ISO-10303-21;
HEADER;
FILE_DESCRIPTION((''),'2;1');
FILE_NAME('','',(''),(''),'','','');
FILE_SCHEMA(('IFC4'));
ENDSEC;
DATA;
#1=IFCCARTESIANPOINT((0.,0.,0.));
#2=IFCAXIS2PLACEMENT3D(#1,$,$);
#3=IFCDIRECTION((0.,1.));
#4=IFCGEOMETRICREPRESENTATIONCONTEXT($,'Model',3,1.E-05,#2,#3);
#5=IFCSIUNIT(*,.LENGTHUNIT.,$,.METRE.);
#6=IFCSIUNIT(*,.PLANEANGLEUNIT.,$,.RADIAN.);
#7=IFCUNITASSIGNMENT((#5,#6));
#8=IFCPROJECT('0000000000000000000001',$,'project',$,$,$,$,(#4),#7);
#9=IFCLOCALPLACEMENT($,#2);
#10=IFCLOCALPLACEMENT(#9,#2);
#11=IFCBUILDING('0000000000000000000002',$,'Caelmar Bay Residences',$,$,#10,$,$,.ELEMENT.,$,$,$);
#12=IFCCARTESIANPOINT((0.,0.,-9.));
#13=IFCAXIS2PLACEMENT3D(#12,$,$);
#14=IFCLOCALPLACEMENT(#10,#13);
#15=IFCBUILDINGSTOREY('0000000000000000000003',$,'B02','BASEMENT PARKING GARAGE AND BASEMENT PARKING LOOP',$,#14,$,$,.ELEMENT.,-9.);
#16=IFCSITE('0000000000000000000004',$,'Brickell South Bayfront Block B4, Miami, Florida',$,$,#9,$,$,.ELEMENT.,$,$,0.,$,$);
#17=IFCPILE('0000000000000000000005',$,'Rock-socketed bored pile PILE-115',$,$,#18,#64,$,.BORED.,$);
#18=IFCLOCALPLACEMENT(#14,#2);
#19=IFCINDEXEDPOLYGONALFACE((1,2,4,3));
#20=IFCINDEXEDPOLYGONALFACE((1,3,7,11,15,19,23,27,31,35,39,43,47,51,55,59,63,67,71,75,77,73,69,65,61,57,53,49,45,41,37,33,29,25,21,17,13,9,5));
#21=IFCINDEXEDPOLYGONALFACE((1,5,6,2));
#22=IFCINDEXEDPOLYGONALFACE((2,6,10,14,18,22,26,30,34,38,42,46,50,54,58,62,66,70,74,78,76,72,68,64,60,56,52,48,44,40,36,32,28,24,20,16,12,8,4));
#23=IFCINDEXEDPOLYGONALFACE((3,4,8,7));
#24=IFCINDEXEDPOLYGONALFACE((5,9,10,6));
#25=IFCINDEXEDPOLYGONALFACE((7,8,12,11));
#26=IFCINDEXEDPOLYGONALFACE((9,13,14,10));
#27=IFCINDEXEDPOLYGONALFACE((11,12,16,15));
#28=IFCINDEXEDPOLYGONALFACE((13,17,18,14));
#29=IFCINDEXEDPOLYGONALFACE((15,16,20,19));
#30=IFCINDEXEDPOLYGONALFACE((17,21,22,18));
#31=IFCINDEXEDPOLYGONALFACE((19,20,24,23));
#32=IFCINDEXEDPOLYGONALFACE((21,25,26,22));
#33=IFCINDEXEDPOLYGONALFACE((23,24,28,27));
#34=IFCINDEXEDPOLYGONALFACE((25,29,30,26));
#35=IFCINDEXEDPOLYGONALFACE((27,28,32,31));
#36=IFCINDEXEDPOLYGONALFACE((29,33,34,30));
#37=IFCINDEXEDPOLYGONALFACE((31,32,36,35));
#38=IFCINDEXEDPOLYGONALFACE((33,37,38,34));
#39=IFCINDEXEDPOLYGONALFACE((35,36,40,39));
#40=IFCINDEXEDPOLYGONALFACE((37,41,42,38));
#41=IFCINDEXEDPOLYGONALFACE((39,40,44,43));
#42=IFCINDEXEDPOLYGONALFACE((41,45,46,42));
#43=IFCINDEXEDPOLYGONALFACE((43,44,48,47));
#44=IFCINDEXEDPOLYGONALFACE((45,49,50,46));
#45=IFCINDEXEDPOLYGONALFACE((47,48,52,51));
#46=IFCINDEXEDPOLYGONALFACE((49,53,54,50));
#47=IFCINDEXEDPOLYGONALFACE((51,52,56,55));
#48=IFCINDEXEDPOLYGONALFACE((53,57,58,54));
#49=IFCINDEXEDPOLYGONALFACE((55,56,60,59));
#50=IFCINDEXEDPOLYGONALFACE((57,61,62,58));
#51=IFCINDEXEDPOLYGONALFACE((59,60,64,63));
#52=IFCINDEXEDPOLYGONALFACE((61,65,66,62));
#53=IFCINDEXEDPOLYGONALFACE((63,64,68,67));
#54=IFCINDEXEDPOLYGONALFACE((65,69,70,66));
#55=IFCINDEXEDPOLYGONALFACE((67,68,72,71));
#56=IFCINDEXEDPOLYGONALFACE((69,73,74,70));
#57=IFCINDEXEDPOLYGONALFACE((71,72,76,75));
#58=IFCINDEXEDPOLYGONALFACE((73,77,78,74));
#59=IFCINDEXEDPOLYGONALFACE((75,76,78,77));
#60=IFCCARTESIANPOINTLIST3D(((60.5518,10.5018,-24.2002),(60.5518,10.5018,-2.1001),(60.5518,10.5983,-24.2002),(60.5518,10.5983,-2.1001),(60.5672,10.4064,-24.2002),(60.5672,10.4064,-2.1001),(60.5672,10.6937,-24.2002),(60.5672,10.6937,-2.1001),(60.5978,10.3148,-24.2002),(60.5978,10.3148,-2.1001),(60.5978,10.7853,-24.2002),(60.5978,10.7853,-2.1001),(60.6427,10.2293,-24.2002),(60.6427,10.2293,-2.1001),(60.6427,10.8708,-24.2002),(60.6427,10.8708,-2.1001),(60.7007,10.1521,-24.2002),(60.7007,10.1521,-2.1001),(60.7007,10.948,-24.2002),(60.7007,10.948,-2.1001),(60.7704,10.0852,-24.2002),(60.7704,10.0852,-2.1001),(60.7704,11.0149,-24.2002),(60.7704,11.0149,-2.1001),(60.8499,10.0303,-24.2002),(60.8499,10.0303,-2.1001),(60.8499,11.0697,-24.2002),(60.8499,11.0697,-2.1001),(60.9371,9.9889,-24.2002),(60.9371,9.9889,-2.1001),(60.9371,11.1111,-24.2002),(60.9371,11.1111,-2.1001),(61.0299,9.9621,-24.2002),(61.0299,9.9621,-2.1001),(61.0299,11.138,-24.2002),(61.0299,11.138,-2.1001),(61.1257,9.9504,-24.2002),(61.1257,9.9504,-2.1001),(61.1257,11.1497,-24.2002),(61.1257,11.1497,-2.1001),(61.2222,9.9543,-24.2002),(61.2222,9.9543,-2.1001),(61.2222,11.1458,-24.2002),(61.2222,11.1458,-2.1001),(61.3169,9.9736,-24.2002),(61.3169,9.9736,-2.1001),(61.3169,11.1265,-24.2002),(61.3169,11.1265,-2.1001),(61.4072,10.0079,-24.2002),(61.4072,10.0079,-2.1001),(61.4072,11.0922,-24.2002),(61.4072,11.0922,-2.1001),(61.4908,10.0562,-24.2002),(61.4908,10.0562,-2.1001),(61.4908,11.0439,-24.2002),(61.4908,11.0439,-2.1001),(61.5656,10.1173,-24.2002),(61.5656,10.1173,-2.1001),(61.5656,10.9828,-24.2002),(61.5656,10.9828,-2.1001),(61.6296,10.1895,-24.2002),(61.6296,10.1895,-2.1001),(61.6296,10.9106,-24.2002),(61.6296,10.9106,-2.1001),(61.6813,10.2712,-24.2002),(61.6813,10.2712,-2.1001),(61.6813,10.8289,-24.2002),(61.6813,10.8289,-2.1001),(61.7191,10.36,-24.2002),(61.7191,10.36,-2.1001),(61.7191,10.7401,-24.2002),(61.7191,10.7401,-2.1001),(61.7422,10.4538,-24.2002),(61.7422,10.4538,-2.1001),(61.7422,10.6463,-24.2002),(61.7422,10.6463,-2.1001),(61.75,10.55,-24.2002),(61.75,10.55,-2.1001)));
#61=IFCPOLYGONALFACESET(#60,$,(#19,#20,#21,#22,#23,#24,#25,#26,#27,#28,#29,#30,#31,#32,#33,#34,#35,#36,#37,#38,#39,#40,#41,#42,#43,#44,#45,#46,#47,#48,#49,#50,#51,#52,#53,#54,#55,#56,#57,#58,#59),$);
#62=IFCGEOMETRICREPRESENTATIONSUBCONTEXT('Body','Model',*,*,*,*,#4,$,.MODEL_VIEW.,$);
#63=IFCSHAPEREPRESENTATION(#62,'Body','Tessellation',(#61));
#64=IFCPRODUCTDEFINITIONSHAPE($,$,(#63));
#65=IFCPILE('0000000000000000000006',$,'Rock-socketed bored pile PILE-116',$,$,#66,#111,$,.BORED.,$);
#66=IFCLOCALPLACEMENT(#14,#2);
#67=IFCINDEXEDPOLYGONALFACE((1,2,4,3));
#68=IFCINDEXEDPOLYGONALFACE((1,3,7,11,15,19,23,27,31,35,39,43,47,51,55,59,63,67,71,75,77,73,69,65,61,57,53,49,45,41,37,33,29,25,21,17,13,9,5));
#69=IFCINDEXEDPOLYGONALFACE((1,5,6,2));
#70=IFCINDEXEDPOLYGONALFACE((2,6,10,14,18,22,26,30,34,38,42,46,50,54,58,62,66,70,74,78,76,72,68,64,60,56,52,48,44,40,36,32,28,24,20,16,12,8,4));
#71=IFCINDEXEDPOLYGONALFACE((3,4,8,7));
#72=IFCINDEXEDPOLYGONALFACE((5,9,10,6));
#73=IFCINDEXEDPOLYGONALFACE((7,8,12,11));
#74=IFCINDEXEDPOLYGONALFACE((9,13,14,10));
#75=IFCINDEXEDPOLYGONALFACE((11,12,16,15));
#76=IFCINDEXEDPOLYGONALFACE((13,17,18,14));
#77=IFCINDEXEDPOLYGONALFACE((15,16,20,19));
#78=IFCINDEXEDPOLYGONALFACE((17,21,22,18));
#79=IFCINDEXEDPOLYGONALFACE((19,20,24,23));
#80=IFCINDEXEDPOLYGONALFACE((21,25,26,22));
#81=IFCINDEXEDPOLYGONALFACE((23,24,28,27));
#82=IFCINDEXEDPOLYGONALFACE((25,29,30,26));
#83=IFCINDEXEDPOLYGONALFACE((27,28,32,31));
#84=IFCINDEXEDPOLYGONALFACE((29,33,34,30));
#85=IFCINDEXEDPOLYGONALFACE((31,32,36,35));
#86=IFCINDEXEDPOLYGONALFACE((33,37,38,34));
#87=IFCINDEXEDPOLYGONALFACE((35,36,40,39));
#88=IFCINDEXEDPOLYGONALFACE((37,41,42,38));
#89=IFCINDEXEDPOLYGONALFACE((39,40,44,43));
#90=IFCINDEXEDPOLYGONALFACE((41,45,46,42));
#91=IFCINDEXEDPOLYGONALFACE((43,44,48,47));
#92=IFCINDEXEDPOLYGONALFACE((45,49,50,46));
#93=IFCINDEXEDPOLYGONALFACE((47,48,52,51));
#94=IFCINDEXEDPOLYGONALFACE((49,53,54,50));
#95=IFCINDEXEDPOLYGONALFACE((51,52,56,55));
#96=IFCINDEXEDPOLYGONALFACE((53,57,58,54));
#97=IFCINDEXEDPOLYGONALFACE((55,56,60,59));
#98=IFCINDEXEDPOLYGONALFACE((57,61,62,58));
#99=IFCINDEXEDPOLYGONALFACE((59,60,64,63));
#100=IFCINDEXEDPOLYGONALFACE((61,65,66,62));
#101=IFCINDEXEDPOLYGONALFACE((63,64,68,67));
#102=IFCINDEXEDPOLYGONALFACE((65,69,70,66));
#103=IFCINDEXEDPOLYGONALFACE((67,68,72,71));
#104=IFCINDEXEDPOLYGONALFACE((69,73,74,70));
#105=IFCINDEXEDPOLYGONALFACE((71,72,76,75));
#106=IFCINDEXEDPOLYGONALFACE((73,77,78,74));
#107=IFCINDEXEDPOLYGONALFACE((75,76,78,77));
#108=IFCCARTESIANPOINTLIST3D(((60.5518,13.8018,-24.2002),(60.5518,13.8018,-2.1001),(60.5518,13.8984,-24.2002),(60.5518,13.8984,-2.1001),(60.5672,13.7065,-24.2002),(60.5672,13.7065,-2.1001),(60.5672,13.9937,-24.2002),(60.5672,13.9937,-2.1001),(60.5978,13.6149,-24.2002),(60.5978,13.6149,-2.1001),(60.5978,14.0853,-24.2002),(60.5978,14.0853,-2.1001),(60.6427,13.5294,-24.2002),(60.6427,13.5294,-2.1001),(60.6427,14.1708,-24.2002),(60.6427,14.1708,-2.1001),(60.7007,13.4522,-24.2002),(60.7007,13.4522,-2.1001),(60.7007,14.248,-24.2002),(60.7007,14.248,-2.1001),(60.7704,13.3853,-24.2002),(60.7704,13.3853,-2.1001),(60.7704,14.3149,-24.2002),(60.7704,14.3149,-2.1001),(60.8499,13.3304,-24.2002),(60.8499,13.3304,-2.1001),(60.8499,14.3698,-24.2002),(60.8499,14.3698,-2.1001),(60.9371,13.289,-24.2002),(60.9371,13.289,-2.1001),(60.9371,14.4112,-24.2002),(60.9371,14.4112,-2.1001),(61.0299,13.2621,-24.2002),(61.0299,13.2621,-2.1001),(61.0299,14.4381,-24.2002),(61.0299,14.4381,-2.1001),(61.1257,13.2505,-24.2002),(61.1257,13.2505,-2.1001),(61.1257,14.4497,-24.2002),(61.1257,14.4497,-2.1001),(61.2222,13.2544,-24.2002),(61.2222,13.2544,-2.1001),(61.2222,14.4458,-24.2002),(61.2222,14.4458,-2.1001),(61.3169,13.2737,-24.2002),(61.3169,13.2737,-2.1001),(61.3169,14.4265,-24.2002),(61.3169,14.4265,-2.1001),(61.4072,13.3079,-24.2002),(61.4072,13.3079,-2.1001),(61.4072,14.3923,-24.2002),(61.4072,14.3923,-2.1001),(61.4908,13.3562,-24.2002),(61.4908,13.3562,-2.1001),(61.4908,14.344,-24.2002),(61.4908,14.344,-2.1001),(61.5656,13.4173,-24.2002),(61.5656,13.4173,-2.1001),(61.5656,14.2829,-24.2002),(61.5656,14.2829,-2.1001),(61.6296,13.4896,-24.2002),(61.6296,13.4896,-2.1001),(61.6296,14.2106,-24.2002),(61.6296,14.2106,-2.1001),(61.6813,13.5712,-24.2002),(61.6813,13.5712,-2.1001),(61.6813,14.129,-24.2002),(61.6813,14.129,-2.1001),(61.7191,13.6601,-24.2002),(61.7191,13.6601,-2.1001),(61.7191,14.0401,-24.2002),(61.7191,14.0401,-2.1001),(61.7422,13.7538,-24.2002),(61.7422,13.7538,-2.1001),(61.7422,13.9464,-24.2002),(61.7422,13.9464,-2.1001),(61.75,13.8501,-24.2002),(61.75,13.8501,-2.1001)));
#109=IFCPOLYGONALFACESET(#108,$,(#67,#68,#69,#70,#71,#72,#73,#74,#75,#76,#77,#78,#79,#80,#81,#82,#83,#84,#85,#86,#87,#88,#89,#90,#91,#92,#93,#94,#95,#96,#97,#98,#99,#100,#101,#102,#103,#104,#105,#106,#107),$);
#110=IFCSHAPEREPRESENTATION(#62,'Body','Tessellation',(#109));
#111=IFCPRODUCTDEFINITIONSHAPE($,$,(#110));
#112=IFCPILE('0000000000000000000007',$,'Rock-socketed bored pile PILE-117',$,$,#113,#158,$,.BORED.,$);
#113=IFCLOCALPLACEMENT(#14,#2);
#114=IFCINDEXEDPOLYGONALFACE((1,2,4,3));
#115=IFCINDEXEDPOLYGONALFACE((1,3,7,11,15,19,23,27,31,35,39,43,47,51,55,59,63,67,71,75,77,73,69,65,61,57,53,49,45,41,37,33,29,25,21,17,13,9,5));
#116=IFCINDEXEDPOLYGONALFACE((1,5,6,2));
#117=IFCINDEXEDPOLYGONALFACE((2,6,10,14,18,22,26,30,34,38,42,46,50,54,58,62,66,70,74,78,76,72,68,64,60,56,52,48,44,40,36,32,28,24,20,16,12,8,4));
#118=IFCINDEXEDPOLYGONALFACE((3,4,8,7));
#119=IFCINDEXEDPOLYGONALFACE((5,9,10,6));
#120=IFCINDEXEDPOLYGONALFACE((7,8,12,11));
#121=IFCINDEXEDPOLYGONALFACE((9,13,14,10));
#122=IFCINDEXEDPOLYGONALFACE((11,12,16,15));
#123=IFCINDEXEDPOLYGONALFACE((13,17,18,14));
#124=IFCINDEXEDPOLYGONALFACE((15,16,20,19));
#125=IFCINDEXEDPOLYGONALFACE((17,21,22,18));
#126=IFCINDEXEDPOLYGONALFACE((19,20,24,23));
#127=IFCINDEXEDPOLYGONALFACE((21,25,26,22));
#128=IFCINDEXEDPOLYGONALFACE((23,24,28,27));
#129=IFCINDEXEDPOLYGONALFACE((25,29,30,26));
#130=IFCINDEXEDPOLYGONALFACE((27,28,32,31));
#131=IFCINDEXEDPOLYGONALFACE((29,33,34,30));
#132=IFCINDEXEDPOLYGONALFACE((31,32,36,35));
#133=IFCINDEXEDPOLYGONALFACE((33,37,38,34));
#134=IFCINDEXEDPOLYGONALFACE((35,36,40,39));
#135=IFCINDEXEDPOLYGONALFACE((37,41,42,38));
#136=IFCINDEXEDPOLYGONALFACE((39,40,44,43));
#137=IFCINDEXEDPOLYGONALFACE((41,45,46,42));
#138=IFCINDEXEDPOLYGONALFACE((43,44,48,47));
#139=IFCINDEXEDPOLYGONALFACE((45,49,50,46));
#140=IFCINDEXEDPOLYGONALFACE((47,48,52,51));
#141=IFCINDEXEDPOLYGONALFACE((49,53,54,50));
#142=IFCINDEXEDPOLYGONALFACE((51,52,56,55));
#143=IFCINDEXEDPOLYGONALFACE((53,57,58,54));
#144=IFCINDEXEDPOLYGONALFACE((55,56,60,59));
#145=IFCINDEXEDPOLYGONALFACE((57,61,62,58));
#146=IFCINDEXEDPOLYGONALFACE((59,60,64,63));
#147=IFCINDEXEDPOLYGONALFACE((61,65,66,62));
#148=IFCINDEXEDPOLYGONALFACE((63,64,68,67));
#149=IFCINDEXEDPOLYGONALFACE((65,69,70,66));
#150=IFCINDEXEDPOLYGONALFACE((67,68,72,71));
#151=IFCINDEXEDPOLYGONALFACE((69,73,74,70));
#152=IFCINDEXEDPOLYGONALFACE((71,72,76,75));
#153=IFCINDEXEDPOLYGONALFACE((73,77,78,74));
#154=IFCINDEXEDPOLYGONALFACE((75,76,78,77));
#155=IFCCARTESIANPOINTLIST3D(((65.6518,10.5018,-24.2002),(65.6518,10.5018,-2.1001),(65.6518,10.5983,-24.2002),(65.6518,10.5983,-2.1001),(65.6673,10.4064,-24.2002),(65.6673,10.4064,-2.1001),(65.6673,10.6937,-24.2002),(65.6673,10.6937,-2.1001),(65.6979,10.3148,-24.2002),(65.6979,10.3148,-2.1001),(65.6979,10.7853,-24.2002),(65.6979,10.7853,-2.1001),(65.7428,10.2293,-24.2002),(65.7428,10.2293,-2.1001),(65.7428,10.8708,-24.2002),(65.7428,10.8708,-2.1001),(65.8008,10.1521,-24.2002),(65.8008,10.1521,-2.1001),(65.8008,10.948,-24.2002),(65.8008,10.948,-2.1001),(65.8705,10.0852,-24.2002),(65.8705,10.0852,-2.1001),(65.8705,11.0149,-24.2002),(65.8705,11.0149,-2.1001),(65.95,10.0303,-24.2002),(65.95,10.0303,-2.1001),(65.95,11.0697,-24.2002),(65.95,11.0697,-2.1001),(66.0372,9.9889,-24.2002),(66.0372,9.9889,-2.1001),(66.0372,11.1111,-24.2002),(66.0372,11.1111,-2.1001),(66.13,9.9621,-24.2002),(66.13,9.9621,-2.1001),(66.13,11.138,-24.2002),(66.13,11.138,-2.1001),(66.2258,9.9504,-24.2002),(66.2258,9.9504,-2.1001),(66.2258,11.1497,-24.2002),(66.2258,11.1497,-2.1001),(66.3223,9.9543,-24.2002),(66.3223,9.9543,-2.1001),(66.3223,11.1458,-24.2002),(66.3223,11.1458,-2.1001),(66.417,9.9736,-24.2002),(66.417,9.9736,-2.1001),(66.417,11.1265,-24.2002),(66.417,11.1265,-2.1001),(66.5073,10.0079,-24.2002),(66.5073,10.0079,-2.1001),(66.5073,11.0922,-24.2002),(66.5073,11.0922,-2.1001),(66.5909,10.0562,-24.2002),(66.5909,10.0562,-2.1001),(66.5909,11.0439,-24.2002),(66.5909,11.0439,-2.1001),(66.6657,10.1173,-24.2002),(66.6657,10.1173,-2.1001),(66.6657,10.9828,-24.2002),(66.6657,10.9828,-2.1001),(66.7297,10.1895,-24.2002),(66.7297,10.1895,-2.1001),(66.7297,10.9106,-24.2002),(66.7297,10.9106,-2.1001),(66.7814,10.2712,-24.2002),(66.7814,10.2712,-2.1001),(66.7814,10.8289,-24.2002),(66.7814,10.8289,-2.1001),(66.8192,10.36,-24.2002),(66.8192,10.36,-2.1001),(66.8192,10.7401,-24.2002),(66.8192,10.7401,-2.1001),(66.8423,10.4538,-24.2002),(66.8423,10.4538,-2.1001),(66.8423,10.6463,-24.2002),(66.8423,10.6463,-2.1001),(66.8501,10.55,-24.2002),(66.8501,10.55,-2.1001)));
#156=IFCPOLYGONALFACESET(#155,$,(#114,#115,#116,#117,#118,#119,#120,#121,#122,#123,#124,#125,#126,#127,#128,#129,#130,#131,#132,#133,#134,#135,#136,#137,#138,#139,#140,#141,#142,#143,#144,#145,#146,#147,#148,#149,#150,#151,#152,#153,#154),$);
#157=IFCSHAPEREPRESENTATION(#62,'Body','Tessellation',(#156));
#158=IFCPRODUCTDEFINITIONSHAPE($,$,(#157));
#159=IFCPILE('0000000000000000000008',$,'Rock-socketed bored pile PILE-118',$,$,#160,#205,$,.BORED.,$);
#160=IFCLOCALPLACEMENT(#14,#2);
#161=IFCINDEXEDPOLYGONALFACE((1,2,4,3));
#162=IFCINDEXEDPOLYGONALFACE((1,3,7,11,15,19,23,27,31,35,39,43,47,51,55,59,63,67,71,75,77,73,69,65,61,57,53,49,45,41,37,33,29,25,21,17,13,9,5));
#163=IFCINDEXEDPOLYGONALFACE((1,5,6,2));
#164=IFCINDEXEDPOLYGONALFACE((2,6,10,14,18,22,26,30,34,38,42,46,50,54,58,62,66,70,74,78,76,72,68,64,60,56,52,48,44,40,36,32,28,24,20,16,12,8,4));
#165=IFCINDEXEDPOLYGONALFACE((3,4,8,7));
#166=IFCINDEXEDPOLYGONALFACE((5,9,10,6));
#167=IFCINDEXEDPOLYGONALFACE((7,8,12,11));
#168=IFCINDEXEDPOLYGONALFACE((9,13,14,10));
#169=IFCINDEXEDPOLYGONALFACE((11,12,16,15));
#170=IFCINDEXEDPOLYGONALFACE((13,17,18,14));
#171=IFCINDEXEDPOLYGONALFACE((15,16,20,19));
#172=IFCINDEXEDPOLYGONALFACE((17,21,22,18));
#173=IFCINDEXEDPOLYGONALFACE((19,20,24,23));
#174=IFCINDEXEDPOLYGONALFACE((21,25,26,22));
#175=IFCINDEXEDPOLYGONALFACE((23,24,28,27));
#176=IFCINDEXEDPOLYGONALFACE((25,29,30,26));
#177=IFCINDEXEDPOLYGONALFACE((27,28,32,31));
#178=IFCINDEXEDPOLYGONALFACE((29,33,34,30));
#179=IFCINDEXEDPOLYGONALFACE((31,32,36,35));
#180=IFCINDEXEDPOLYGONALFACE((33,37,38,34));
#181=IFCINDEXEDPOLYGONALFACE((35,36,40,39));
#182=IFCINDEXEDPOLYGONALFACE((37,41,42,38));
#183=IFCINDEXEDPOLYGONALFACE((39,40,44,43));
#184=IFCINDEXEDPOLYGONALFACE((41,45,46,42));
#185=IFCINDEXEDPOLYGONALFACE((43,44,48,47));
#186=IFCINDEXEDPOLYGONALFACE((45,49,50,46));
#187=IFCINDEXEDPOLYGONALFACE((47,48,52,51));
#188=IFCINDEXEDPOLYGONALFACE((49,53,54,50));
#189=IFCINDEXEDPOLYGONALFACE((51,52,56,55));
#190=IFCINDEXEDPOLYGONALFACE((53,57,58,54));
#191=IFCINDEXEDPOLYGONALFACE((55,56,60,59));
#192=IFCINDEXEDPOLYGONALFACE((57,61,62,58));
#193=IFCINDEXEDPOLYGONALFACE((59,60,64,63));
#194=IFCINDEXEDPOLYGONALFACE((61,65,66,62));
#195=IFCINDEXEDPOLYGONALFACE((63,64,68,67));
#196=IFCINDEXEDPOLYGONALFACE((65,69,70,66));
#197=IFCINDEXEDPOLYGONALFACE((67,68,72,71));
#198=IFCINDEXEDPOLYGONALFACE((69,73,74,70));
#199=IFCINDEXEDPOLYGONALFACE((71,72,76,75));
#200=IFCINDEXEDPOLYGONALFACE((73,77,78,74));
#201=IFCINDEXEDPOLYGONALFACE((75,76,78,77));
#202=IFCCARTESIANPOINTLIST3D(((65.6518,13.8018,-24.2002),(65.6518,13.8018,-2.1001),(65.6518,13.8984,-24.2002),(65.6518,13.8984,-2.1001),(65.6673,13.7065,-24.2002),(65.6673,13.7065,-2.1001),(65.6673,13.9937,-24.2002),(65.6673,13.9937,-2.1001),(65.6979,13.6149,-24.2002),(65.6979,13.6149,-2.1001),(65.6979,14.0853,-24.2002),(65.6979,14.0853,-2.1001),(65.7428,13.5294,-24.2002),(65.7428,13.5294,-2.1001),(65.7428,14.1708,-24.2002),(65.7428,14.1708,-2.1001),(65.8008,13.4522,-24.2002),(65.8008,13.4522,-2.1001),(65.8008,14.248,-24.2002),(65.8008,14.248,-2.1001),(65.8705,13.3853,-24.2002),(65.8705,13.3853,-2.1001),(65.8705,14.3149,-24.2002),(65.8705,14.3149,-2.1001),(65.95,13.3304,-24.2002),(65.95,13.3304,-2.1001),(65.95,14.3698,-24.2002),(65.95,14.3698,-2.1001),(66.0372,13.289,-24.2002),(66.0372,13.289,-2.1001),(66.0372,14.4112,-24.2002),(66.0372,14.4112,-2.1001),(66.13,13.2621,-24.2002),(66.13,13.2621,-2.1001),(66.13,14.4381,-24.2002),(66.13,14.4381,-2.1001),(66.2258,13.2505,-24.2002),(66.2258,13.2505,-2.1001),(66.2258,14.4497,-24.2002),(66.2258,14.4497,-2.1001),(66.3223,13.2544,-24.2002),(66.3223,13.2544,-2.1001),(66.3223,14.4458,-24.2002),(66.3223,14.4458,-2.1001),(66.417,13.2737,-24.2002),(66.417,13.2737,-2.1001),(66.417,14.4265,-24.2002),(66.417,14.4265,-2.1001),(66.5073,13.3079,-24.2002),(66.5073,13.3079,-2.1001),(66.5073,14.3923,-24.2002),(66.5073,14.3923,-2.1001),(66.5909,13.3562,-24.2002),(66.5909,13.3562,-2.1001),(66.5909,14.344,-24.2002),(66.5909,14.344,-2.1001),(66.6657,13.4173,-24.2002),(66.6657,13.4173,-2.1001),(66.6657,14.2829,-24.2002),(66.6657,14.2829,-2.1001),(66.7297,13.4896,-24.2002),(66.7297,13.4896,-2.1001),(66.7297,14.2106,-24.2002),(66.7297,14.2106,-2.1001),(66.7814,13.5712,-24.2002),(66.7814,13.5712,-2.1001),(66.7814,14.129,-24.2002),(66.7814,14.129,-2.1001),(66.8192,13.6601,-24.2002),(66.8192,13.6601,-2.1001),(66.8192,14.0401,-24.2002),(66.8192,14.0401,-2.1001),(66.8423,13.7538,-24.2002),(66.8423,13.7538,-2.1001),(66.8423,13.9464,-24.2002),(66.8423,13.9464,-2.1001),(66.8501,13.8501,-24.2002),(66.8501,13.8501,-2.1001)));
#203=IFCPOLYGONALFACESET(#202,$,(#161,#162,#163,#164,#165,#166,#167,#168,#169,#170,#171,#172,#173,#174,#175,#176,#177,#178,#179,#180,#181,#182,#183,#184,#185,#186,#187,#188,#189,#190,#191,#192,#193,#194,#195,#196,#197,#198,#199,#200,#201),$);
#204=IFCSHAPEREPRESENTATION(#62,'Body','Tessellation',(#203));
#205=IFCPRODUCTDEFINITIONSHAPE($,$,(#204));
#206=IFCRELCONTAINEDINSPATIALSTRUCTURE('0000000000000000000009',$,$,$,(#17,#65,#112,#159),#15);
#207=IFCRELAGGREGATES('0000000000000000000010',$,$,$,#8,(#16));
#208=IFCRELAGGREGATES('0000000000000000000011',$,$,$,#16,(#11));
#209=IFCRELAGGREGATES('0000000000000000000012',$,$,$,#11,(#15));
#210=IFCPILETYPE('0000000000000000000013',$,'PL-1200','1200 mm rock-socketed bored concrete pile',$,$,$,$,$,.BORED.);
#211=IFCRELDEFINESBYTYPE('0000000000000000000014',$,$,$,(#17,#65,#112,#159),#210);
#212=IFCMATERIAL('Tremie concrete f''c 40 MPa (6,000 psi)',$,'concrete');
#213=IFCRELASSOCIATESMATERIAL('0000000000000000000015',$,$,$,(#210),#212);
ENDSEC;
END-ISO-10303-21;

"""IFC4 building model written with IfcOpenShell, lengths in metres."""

from ifc_helpers import new_model, si_unit, direction, frame, origin, origin_2d, place, context, subcontext, project, spatial, circle, extrude, material, material_profile, profile_set, type_object, element, save


model = new_model("IFC4")

# Units and contexts
model_context = context("Model", 3, precision=1e-05, world=origin(), true_north=direction((0.0, 1.0)))
body_context = subcontext(model_context, "Body", "Model", "MODEL_VIEW")
ifc_project = project(units=[si_unit("LENGTHUNIT", "METRE"), si_unit("PLANEANGLEUNIT", "RADIAN")], contexts=[model_context])

# Site, building, storey
site_placement = place(None, origin())
site = spatial("IfcSite", under=ifc_project, at=site_placement, Name="Brickell South Bayfront Block B4, Miami, Florida", CompositionType="ELEMENT", RefElevation=0.0)
building_placement = place(site_placement, origin())
building = spatial("IfcBuilding", under=site, at=building_placement, Name="Caelmar Bay Residences", CompositionType="ELEMENT")
storey_placement = place(building_placement, frame((0.0, 0.0, -9.0)))
storey = spatial("IfcBuildingStorey", under=building, at=storey_placement, Name="B02", Description="BASEMENT PARKING GARAGE AND BASEMENT PARKING LOOP", CompositionType="ELEMENT", Elevation=-9.0)

# Piles
ifc_material_1 = material(Name="Tremie concrete f'c 40 MPa (6,000 psi)", Category="concrete")
ifc_material_profile_1 = material_profile(ifc_material_1, circle(Radius=0.6001, at=origin_2d()), Name="PILE-1200D")
ifc_profile_set_1 = profile_set([ifc_material_profile_1], Name="Tremie concrete f'c 40 MPa (6,000 psi)")
pile_type = type_object("IfcPileType", Name="PL-1200", Description="1200 mm rock-socketed bored concrete pile", PredefinedType="BORED", material=ifc_profile_set_1)
for number, where, z_axis, x_axis, name in (
    (1, (61.1499, 10.55, -2.1001), (0.0, 0.0, -1.0), (1.0, 0.0, 0.0), "Rock-socketed bored pile PILE-115"),
    (2, (61.1499, 13.8501, -2.1001), (0.0, 0.0, -1.0), (1.0, 0.0, 0.0), "Rock-socketed bored pile PILE-116"),
    (3, (66.25, 10.55, -2.1001), (0.0, 0.0, -1.0), (1.0, 0.0, 0.0), "Rock-socketed bored pile PILE-117"),
    (4, (66.25, 13.8501, -2.1001), (0.0, 0.0, -1.0), (1.0, 0.0, 0.0), "Rock-socketed bored pile PILE-118"),
):
    element("IfcPile", number, at=place(storey_placement, frame(where, z_axis=z_axis, x_axis=x_axis)), inside=storey, type_object=pile_type, Name=name, PredefinedType="BORED", context=body_context, shape_type="SweptSolid", body=[
        extrude(circle(Radius=0.6001, at=origin_2d()), origin(), (0.0, 0.0, 1.0), 22.1001),
    ])

save(model, "model.ifc")
